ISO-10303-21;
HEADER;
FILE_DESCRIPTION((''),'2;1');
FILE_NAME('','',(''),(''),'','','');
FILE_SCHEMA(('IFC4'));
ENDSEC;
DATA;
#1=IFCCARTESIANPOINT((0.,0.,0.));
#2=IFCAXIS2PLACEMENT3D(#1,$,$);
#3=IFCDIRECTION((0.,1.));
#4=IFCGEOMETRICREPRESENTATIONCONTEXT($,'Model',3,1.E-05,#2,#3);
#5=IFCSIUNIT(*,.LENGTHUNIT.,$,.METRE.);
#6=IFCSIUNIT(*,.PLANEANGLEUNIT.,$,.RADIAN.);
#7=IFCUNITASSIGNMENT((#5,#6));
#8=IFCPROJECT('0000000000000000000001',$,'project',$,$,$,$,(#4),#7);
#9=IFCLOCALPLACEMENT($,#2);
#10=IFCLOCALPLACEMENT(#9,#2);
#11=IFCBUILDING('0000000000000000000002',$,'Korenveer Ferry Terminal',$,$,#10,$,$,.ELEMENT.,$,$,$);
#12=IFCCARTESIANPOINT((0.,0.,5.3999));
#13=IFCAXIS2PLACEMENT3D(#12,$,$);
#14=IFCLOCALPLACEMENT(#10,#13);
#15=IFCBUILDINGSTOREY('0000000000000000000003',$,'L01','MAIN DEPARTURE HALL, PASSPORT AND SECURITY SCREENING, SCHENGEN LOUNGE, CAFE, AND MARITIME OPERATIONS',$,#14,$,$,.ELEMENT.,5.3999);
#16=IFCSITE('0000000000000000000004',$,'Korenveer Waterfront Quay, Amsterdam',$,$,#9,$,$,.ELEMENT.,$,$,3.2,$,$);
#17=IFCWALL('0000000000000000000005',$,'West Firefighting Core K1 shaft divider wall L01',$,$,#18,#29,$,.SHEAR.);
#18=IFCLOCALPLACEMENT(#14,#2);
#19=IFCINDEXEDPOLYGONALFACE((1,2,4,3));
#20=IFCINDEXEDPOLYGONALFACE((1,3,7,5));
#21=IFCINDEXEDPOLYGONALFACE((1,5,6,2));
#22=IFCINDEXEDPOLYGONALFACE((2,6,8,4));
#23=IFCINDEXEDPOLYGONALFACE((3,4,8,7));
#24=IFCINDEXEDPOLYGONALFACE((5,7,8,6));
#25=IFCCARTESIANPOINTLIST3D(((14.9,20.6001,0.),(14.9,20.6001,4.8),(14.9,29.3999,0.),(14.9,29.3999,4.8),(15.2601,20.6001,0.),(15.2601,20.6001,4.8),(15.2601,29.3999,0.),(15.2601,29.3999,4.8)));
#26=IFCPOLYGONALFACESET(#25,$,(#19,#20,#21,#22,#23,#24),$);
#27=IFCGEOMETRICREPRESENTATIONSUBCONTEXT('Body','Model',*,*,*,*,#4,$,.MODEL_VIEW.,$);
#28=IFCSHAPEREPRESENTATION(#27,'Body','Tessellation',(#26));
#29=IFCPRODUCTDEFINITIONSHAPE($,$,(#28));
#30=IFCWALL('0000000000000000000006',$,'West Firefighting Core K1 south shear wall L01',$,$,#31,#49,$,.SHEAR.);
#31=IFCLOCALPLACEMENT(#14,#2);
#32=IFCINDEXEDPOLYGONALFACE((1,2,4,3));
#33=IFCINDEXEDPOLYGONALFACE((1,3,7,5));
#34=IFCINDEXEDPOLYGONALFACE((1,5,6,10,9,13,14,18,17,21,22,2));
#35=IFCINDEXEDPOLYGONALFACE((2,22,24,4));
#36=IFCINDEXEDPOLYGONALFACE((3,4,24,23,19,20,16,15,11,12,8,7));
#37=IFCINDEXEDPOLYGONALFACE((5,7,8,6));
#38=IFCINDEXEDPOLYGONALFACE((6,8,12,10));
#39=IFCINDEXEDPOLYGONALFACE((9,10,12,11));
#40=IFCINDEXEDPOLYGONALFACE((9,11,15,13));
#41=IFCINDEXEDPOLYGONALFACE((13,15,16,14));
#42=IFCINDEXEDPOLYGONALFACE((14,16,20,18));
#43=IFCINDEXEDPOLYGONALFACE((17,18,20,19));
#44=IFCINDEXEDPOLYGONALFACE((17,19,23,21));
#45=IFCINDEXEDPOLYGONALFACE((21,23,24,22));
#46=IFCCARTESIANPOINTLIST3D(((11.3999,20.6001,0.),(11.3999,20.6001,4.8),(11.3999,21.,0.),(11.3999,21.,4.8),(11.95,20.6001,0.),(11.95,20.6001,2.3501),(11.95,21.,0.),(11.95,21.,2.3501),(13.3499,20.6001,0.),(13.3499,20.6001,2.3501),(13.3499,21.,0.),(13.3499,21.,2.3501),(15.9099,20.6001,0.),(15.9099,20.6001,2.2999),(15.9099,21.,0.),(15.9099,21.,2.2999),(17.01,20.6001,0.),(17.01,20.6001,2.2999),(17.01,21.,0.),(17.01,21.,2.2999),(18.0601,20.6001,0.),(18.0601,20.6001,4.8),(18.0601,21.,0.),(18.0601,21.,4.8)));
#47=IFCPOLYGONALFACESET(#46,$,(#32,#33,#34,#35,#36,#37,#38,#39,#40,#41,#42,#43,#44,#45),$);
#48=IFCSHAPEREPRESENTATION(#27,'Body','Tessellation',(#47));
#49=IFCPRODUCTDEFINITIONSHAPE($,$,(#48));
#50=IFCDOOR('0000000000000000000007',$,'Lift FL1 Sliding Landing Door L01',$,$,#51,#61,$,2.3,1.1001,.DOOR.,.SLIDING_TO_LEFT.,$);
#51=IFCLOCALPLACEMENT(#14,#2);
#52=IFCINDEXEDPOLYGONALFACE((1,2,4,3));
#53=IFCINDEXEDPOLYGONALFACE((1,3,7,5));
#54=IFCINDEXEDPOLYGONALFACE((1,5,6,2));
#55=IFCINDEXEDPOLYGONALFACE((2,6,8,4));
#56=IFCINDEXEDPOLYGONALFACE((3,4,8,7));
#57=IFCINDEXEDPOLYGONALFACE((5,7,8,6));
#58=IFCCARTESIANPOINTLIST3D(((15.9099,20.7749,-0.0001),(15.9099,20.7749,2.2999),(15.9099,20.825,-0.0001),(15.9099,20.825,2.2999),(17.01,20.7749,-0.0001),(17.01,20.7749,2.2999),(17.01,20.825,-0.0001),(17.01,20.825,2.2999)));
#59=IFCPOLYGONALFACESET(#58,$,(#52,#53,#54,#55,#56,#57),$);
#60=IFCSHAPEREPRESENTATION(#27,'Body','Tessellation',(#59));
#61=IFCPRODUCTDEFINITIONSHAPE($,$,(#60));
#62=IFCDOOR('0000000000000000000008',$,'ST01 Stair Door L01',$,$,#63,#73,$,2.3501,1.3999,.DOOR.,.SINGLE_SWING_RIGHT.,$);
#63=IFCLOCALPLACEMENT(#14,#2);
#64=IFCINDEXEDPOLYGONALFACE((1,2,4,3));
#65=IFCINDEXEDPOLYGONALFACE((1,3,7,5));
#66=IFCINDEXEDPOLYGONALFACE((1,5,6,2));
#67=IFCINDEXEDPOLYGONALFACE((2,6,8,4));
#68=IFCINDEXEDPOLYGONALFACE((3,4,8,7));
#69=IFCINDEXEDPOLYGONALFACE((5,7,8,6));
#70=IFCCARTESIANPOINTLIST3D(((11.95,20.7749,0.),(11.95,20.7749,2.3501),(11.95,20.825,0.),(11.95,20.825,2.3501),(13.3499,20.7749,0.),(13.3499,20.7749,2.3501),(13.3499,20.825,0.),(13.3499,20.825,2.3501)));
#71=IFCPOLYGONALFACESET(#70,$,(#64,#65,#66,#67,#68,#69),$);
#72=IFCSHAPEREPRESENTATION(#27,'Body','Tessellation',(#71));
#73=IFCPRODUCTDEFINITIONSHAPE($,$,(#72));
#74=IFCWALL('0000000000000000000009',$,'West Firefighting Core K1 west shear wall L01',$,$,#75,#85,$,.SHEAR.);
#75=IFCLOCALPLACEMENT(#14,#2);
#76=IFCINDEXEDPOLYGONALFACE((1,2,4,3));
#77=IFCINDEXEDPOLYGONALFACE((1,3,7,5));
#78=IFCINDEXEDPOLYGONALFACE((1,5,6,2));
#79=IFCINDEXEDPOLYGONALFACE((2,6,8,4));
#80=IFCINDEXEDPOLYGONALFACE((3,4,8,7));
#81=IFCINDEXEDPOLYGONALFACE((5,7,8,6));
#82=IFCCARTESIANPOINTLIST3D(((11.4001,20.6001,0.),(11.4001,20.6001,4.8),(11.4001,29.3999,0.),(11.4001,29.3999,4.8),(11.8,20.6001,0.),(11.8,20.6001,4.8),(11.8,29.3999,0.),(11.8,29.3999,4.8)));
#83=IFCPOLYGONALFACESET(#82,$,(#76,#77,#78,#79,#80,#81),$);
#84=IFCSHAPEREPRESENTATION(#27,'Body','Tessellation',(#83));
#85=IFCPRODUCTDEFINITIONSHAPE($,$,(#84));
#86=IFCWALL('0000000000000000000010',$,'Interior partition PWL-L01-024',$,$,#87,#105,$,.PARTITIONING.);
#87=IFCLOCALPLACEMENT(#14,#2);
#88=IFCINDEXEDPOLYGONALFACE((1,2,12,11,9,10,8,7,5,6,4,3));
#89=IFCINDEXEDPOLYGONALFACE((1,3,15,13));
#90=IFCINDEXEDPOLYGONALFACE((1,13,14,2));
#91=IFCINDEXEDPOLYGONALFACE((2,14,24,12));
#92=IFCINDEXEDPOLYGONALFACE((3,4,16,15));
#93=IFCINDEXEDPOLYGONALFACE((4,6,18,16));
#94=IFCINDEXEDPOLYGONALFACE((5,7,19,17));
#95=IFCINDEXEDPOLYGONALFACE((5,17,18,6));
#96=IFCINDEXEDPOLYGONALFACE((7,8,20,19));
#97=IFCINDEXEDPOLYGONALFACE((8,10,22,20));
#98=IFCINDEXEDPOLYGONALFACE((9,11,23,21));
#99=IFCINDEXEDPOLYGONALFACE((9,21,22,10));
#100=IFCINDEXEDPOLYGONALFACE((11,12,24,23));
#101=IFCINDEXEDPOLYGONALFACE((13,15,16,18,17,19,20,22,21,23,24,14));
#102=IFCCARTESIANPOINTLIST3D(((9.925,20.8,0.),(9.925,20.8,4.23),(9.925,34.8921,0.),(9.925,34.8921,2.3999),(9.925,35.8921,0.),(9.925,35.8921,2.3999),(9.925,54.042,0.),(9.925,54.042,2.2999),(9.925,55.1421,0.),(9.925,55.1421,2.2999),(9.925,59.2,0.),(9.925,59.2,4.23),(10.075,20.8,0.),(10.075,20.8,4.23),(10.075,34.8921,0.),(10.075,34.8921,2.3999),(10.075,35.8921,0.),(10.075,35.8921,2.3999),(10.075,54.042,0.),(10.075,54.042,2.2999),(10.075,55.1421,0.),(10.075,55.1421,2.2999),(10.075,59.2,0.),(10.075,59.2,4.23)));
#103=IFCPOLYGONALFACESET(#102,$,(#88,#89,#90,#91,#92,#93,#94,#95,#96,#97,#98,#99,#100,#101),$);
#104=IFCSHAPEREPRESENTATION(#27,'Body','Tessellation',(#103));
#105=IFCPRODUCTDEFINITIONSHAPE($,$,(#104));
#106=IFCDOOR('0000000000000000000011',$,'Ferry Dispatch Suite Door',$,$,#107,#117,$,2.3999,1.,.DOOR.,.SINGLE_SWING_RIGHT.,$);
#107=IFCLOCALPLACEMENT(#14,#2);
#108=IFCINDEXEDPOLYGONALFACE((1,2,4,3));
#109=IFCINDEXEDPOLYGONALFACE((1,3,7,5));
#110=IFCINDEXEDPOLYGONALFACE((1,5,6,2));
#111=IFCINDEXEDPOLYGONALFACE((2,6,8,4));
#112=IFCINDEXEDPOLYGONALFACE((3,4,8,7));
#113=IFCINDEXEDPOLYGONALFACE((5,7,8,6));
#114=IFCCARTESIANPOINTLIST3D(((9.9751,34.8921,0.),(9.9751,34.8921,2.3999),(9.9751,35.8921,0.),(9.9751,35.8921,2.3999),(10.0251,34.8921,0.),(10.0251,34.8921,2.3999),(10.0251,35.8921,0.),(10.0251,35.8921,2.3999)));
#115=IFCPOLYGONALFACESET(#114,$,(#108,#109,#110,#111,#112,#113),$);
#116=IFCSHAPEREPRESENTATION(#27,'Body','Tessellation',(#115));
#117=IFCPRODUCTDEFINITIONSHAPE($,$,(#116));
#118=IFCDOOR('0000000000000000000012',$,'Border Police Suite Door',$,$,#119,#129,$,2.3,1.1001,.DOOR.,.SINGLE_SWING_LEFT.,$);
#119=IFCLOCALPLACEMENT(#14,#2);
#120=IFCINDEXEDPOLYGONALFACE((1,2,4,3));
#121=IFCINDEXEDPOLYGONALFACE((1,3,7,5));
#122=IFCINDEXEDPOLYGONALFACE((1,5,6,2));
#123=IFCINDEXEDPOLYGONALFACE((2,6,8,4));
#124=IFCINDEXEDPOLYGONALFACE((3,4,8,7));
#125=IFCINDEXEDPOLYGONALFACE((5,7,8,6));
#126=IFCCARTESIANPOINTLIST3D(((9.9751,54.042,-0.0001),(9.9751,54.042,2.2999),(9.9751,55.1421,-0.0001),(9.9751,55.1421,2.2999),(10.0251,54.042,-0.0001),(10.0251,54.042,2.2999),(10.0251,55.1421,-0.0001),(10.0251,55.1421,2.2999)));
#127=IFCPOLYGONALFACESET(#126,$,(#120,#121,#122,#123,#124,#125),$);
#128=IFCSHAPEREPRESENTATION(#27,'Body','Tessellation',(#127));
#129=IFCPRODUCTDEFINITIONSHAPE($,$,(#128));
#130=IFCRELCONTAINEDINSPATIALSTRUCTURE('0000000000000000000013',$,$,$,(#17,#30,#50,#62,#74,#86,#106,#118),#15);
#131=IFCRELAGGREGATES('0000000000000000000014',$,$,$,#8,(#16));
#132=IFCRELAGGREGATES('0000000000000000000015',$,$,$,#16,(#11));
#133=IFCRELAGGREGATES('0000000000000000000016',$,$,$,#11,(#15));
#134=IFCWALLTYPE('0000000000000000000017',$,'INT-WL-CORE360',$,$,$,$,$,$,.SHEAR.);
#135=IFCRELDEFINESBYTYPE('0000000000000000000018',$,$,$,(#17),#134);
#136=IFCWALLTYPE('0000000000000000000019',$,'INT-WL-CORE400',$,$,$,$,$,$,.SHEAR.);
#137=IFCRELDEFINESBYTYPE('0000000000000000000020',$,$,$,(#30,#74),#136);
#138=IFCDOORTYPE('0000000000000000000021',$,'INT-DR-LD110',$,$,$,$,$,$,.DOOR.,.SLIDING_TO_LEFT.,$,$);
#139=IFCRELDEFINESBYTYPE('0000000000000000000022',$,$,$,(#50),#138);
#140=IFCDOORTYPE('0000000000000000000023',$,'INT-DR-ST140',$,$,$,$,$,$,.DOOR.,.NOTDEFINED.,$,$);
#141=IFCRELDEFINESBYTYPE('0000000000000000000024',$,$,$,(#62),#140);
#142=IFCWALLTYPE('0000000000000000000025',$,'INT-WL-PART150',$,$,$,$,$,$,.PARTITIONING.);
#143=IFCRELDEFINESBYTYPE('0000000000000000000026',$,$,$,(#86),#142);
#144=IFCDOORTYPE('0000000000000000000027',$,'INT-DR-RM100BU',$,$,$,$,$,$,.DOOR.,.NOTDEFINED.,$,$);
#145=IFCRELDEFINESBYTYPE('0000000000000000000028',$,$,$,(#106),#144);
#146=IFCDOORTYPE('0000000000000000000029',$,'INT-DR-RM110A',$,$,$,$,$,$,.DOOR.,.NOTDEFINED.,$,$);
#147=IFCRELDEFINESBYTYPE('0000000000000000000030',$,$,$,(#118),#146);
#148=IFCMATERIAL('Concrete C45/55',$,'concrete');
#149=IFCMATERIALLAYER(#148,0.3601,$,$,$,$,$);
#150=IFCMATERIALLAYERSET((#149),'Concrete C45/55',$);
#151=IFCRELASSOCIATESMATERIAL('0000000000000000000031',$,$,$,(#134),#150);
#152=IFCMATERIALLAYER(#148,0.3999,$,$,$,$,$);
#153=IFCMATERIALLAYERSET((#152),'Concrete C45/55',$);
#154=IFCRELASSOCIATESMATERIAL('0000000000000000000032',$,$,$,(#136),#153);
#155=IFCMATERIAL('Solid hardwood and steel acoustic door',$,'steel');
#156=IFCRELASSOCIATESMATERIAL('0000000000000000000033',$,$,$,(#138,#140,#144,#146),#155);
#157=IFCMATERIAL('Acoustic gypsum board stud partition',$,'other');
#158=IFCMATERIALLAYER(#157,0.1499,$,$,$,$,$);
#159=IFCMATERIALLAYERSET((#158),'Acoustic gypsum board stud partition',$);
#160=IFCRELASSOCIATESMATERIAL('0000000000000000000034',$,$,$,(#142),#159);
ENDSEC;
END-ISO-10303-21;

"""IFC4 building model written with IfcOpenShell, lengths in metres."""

from ifc_helpers import new_model, si_unit, direction, frame, frame_2d, origin, place, context, subcontext, project, spatial, rectangle, extrude, material, layer, layer_set, type_object, element, fill, save


model = new_model("IFC4")

# Units and contexts
model_context = context("Model", 3, precision=1e-05, world=origin(), true_north=direction((0.0, 1.0)))
body_context = subcontext(model_context, "Body", "Model", "MODEL_VIEW")
ifc_project = project(units=[si_unit("LENGTHUNIT", "METRE"), si_unit("PLANEANGLEUNIT", "RADIAN")], contexts=[model_context])

# Site, building, storey
site_placement = place(None, origin())
site = spatial("IfcSite", under=ifc_project, at=site_placement, Name="Korenveer Waterfront Quay, Amsterdam", CompositionType="ELEMENT", RefElevation=3.2)
building_placement = place(site_placement, origin())
building = spatial("IfcBuilding", under=site, at=building_placement, Name="Korenveer Ferry Terminal", CompositionType="ELEMENT")
storey_placement = place(building_placement, frame((0.0, 0.0, 5.3999)))
storey = spatial("IfcBuildingStorey", under=building, at=storey_placement, Name="L01", Description="MAIN DEPARTURE HALL, PASSPORT AND SECURITY SCREENING, SCHENGEN LOUNGE, CAFE, AND MARITIME OPERATIONS", CompositionType="ELEMENT", Elevation=5.3999)

# Wall
ifc_material_1 = material(Name="Concrete C45/55", Category="concrete")
ifc_layer_1 = layer(ifc_material_1, 0.3601)
ifc_layer_set_1 = layer_set([ifc_layer_1], Name="Concrete C45/55")
wall_type_1 = type_object("IfcWallType", Name="INT-WL-CORE360", PredefinedType="SHEAR", material=ifc_layer_set_1)
wall_1_placement = place(storey_placement, frame((15.0801, 20.6001, 0.0), z_axis=(0.0, 0.0, 1.0), x_axis=(0.0, 1.0, 0.0)))
element("IfcWall", 1, at=wall_1_placement, inside=storey, type_object=wall_type_1, Name="West Firefighting Core K1 shaft divider wall L01", PredefinedType="SHEAR", context=body_context, shape_type="SweptSolid", body=[
    extrude(rectangle(XDim=8.7998, YDim=0.3601, at=frame_2d((4.3999, 0.0))), origin(), (0.0, 0.0, 1.0), 4.8),
])

# Wall, openings, doors
ifc_layer_2 = layer(ifc_material_1, 0.3999)
ifc_layer_set_2 = layer_set([ifc_layer_2], Name="Concrete C45/55")
wall_type_2 = type_object("IfcWallType", Name="INT-WL-CORE400", PredefinedType="SHEAR", material=ifc_layer_set_2)
wall_2_placement = place(storey_placement, frame((11.3999, 20.8, 0.0), z_axis=(0.0, 0.0, 1.0), x_axis=(1.0, 0.0, 0.0)))
wall_2 = element("IfcWall", 2, at=wall_2_placement, inside=storey, type_object=wall_type_2, Name="West Firefighting Core K1 south shear wall L01", PredefinedType="SHEAR", context=body_context, shape_type="SweptSolid", body=[
    extrude(rectangle(XDim=6.6602, YDim=0.3999, at=frame_2d((3.3301, 0.0))), origin(), (0.0, 0.0, 1.0), 4.8),
])
opening_1_placement = place(wall_2_placement, frame((0.55, 0.0, 0.0)))
opening_1 = element("IfcOpeningElement", 3, at=opening_1_placement, cuts=wall_2, PredefinedType="OPENING", context=body_context, shape_type="SweptSolid", body=[
    extrude(rectangle(XDim=1.3999, YDim=2.3501, at=frame_2d((0.7, 1.175))), frame((0.0, 0.21, 0.0), z_axis=(0.0, -1.0, 0.0), x_axis=(1.0, 0.0, 0.0)), (0.0, 0.0, 1.0), 0.4199),
])
opening_2_placement = place(wall_2_placement, frame((4.51, 0.0, 0.0)))
opening_2 = element("IfcOpeningElement", 4, at=opening_2_placement, cuts=wall_2, PredefinedType="OPENING", context=body_context, shape_type="SweptSolid", body=[
    extrude(rectangle(XDim=1.1001, YDim=2.3, at=frame_2d((0.55, 1.1499))), frame((0.0, 0.21, 0.0), z_axis=(0.0, -1.0, 0.0), x_axis=(1.0, 0.0, 0.0)), (0.0, 0.0, 1.0), 0.4199),
])
ifc_material_2 = material(Name="Solid hardwood and steel acoustic door", Category="steel")
door_type_1 = type_object("IfcDoorType", Name="INT-DR-LD110", OperationType="SLIDING_TO_LEFT", PredefinedType="DOOR", material=ifc_material_2)
door_1_placement = place(opening_2_placement, origin())
door_1 = element("IfcDoor", 5, at=door_1_placement, inside=storey, type_object=door_type_1, Name="Lift FL1 Sliding Landing Door L01", OperationType="SLIDING_TO_LEFT", OverallHeight=2.3, OverallWidth=1.1001, PredefinedType="DOOR", context=body_context, shape_type="SweptSolid", body=[
    extrude(rectangle(XDim=1.1001, YDim=2.3, at=frame_2d((0.55, 1.1499))), frame((0.0, 0.0249, 0.0), z_axis=(0.0, -1.0, 0.0), x_axis=(1.0, 0.0, 0.0)), (0.0, 0.0, 1.0), 0.05),
])
fill(opening_2, door_1)
door_type_2 = type_object("IfcDoorType", Name="INT-DR-ST140", OperationType="NOTDEFINED", PredefinedType="DOOR", material=ifc_material_2)
door_2_placement = place(opening_1_placement, origin())
door_2 = element("IfcDoor", 6, at=door_2_placement, inside=storey, type_object=door_type_2, Name="ST01 Stair Door L01", OperationType="SINGLE_SWING_RIGHT", OverallHeight=2.3501, OverallWidth=1.3999, PredefinedType="DOOR", context=body_context, shape_type="SweptSolid", body=[
    extrude(rectangle(XDim=1.3999, YDim=2.3501, at=frame_2d((0.7, 1.175))), frame((0.0, 0.0249, 0.0), z_axis=(0.0, -1.0, 0.0), x_axis=(1.0, 0.0, 0.0)), (0.0, 0.0, 1.0), 0.05),
])
fill(opening_1, door_2)

# Wall
wall_3_placement = place(storey_placement, frame((11.6001, 20.6001, 0.0), z_axis=(0.0, 0.0, 1.0), x_axis=(0.0, 1.0, 0.0)))
element("IfcWall", 7, at=wall_3_placement, inside=storey, type_object=wall_type_2, Name="West Firefighting Core K1 west shear wall L01", PredefinedType="SHEAR", context=body_context, shape_type="SweptSolid", body=[
    extrude(rectangle(XDim=8.7998, YDim=0.3999, at=frame_2d((4.3999, 0.0))), origin(), (0.0, 0.0, 1.0), 4.8),
])

# Wall, openings, doors
ifc_material_3 = material(Name="Acoustic gypsum board stud partition", Category="other")
ifc_layer_3 = layer(ifc_material_3, 0.1499)
ifc_layer_set_3 = layer_set([ifc_layer_3], Name="Acoustic gypsum board stud partition")
wall_type_3 = type_object("IfcWallType", Name="INT-WL-PART150", PredefinedType="PARTITIONING", material=ifc_layer_set_3)
wall_4_placement = place(storey_placement, frame((10.0, 20.8, 0.0), z_axis=(0.0, 0.0, 1.0), x_axis=(0.0, 1.0, 0.0)))
wall_4 = element("IfcWall", 8, at=wall_4_placement, inside=storey, type_object=wall_type_3, Name="Interior partition PWL-L01-024", PredefinedType="PARTITIONING", context=body_context, shape_type="SweptSolid", body=[
    extrude(rectangle(XDim=38.3999, YDim=0.1499, at=frame_2d((19.2, 0.0))), origin(), (0.0, 0.0, 1.0), 4.23),
])
opening_3_placement = place(wall_4_placement, frame((14.092, 0.0, 0.0)))
opening_3 = element("IfcOpeningElement", 9, at=opening_3_placement, cuts=wall_4, PredefinedType="OPENING", context=body_context, shape_type="SweptSolid", body=[
    extrude(rectangle(XDim=1.0, YDim=2.3999, at=frame_2d((0.5, 1.2))), frame((0.0, 0.085, 0.0), z_axis=(0.0, -1.0, 0.0), x_axis=(1.0, 0.0, 0.0)), (0.0, 0.0, 1.0), 0.1699),
])
opening_4_placement = place(wall_4_placement, frame((33.2419, 0.0, 0.0)))
opening_4 = element("IfcOpeningElement", 10, at=opening_4_placement, cuts=wall_4, PredefinedType="OPENING", context=body_context, shape_type="SweptSolid", body=[
    extrude(rectangle(XDim=1.1001, YDim=2.3, at=frame_2d((0.55, 1.1499))), frame((0.0, 0.085, 0.0), z_axis=(0.0, -1.0, 0.0), x_axis=(1.0, 0.0, 0.0)), (0.0, 0.0, 1.0), 0.1699),
])
door_type_3 = type_object("IfcDoorType", Name="INT-DR-RM100BU", OperationType="NOTDEFINED", PredefinedType="DOOR", material=ifc_material_2)
door_3_placement = place(opening_3_placement, origin())
door_3 = element("IfcDoor", 11, at=door_3_placement, inside=storey, type_object=door_type_3, Name="Ferry Dispatch Suite Door", OperationType="SINGLE_SWING_RIGHT", OverallHeight=2.3999, OverallWidth=1.0, PredefinedType="DOOR", context=body_context, shape_type="SweptSolid", body=[
    extrude(rectangle(XDim=1.0, YDim=2.3999, at=frame_2d((0.5, 1.2))), frame((0.0, 0.0249, 0.0), z_axis=(0.0, -1.0, 0.0), x_axis=(1.0, 0.0, 0.0)), (0.0, 0.0, 1.0), 0.05),
])
fill(opening_3, door_3)
door_type_4 = type_object("IfcDoorType", Name="INT-DR-RM110A", OperationType="NOTDEFINED", PredefinedType="DOOR", material=ifc_material_2)
door_4_placement = place(opening_4_placement, origin())
door_4 = element("IfcDoor", 12, at=door_4_placement, inside=storey, type_object=door_type_4, Name="Border Police Suite Door", OperationType="SINGLE_SWING_LEFT", OverallHeight=2.3, OverallWidth=1.1001, PredefinedType="DOOR", context=body_context, shape_type="SweptSolid", body=[
    extrude(rectangle(XDim=1.1001, YDim=2.3, at=frame_2d((0.55, 1.1499))), frame((0.0, 0.0249, 0.0), z_axis=(0.0, -1.0, 0.0), x_axis=(1.0, 0.0, 0.0)), (0.0, 0.0, 1.0), 0.05),
])
fill(opening_4, door_4)

save(model, "model.ifc")
